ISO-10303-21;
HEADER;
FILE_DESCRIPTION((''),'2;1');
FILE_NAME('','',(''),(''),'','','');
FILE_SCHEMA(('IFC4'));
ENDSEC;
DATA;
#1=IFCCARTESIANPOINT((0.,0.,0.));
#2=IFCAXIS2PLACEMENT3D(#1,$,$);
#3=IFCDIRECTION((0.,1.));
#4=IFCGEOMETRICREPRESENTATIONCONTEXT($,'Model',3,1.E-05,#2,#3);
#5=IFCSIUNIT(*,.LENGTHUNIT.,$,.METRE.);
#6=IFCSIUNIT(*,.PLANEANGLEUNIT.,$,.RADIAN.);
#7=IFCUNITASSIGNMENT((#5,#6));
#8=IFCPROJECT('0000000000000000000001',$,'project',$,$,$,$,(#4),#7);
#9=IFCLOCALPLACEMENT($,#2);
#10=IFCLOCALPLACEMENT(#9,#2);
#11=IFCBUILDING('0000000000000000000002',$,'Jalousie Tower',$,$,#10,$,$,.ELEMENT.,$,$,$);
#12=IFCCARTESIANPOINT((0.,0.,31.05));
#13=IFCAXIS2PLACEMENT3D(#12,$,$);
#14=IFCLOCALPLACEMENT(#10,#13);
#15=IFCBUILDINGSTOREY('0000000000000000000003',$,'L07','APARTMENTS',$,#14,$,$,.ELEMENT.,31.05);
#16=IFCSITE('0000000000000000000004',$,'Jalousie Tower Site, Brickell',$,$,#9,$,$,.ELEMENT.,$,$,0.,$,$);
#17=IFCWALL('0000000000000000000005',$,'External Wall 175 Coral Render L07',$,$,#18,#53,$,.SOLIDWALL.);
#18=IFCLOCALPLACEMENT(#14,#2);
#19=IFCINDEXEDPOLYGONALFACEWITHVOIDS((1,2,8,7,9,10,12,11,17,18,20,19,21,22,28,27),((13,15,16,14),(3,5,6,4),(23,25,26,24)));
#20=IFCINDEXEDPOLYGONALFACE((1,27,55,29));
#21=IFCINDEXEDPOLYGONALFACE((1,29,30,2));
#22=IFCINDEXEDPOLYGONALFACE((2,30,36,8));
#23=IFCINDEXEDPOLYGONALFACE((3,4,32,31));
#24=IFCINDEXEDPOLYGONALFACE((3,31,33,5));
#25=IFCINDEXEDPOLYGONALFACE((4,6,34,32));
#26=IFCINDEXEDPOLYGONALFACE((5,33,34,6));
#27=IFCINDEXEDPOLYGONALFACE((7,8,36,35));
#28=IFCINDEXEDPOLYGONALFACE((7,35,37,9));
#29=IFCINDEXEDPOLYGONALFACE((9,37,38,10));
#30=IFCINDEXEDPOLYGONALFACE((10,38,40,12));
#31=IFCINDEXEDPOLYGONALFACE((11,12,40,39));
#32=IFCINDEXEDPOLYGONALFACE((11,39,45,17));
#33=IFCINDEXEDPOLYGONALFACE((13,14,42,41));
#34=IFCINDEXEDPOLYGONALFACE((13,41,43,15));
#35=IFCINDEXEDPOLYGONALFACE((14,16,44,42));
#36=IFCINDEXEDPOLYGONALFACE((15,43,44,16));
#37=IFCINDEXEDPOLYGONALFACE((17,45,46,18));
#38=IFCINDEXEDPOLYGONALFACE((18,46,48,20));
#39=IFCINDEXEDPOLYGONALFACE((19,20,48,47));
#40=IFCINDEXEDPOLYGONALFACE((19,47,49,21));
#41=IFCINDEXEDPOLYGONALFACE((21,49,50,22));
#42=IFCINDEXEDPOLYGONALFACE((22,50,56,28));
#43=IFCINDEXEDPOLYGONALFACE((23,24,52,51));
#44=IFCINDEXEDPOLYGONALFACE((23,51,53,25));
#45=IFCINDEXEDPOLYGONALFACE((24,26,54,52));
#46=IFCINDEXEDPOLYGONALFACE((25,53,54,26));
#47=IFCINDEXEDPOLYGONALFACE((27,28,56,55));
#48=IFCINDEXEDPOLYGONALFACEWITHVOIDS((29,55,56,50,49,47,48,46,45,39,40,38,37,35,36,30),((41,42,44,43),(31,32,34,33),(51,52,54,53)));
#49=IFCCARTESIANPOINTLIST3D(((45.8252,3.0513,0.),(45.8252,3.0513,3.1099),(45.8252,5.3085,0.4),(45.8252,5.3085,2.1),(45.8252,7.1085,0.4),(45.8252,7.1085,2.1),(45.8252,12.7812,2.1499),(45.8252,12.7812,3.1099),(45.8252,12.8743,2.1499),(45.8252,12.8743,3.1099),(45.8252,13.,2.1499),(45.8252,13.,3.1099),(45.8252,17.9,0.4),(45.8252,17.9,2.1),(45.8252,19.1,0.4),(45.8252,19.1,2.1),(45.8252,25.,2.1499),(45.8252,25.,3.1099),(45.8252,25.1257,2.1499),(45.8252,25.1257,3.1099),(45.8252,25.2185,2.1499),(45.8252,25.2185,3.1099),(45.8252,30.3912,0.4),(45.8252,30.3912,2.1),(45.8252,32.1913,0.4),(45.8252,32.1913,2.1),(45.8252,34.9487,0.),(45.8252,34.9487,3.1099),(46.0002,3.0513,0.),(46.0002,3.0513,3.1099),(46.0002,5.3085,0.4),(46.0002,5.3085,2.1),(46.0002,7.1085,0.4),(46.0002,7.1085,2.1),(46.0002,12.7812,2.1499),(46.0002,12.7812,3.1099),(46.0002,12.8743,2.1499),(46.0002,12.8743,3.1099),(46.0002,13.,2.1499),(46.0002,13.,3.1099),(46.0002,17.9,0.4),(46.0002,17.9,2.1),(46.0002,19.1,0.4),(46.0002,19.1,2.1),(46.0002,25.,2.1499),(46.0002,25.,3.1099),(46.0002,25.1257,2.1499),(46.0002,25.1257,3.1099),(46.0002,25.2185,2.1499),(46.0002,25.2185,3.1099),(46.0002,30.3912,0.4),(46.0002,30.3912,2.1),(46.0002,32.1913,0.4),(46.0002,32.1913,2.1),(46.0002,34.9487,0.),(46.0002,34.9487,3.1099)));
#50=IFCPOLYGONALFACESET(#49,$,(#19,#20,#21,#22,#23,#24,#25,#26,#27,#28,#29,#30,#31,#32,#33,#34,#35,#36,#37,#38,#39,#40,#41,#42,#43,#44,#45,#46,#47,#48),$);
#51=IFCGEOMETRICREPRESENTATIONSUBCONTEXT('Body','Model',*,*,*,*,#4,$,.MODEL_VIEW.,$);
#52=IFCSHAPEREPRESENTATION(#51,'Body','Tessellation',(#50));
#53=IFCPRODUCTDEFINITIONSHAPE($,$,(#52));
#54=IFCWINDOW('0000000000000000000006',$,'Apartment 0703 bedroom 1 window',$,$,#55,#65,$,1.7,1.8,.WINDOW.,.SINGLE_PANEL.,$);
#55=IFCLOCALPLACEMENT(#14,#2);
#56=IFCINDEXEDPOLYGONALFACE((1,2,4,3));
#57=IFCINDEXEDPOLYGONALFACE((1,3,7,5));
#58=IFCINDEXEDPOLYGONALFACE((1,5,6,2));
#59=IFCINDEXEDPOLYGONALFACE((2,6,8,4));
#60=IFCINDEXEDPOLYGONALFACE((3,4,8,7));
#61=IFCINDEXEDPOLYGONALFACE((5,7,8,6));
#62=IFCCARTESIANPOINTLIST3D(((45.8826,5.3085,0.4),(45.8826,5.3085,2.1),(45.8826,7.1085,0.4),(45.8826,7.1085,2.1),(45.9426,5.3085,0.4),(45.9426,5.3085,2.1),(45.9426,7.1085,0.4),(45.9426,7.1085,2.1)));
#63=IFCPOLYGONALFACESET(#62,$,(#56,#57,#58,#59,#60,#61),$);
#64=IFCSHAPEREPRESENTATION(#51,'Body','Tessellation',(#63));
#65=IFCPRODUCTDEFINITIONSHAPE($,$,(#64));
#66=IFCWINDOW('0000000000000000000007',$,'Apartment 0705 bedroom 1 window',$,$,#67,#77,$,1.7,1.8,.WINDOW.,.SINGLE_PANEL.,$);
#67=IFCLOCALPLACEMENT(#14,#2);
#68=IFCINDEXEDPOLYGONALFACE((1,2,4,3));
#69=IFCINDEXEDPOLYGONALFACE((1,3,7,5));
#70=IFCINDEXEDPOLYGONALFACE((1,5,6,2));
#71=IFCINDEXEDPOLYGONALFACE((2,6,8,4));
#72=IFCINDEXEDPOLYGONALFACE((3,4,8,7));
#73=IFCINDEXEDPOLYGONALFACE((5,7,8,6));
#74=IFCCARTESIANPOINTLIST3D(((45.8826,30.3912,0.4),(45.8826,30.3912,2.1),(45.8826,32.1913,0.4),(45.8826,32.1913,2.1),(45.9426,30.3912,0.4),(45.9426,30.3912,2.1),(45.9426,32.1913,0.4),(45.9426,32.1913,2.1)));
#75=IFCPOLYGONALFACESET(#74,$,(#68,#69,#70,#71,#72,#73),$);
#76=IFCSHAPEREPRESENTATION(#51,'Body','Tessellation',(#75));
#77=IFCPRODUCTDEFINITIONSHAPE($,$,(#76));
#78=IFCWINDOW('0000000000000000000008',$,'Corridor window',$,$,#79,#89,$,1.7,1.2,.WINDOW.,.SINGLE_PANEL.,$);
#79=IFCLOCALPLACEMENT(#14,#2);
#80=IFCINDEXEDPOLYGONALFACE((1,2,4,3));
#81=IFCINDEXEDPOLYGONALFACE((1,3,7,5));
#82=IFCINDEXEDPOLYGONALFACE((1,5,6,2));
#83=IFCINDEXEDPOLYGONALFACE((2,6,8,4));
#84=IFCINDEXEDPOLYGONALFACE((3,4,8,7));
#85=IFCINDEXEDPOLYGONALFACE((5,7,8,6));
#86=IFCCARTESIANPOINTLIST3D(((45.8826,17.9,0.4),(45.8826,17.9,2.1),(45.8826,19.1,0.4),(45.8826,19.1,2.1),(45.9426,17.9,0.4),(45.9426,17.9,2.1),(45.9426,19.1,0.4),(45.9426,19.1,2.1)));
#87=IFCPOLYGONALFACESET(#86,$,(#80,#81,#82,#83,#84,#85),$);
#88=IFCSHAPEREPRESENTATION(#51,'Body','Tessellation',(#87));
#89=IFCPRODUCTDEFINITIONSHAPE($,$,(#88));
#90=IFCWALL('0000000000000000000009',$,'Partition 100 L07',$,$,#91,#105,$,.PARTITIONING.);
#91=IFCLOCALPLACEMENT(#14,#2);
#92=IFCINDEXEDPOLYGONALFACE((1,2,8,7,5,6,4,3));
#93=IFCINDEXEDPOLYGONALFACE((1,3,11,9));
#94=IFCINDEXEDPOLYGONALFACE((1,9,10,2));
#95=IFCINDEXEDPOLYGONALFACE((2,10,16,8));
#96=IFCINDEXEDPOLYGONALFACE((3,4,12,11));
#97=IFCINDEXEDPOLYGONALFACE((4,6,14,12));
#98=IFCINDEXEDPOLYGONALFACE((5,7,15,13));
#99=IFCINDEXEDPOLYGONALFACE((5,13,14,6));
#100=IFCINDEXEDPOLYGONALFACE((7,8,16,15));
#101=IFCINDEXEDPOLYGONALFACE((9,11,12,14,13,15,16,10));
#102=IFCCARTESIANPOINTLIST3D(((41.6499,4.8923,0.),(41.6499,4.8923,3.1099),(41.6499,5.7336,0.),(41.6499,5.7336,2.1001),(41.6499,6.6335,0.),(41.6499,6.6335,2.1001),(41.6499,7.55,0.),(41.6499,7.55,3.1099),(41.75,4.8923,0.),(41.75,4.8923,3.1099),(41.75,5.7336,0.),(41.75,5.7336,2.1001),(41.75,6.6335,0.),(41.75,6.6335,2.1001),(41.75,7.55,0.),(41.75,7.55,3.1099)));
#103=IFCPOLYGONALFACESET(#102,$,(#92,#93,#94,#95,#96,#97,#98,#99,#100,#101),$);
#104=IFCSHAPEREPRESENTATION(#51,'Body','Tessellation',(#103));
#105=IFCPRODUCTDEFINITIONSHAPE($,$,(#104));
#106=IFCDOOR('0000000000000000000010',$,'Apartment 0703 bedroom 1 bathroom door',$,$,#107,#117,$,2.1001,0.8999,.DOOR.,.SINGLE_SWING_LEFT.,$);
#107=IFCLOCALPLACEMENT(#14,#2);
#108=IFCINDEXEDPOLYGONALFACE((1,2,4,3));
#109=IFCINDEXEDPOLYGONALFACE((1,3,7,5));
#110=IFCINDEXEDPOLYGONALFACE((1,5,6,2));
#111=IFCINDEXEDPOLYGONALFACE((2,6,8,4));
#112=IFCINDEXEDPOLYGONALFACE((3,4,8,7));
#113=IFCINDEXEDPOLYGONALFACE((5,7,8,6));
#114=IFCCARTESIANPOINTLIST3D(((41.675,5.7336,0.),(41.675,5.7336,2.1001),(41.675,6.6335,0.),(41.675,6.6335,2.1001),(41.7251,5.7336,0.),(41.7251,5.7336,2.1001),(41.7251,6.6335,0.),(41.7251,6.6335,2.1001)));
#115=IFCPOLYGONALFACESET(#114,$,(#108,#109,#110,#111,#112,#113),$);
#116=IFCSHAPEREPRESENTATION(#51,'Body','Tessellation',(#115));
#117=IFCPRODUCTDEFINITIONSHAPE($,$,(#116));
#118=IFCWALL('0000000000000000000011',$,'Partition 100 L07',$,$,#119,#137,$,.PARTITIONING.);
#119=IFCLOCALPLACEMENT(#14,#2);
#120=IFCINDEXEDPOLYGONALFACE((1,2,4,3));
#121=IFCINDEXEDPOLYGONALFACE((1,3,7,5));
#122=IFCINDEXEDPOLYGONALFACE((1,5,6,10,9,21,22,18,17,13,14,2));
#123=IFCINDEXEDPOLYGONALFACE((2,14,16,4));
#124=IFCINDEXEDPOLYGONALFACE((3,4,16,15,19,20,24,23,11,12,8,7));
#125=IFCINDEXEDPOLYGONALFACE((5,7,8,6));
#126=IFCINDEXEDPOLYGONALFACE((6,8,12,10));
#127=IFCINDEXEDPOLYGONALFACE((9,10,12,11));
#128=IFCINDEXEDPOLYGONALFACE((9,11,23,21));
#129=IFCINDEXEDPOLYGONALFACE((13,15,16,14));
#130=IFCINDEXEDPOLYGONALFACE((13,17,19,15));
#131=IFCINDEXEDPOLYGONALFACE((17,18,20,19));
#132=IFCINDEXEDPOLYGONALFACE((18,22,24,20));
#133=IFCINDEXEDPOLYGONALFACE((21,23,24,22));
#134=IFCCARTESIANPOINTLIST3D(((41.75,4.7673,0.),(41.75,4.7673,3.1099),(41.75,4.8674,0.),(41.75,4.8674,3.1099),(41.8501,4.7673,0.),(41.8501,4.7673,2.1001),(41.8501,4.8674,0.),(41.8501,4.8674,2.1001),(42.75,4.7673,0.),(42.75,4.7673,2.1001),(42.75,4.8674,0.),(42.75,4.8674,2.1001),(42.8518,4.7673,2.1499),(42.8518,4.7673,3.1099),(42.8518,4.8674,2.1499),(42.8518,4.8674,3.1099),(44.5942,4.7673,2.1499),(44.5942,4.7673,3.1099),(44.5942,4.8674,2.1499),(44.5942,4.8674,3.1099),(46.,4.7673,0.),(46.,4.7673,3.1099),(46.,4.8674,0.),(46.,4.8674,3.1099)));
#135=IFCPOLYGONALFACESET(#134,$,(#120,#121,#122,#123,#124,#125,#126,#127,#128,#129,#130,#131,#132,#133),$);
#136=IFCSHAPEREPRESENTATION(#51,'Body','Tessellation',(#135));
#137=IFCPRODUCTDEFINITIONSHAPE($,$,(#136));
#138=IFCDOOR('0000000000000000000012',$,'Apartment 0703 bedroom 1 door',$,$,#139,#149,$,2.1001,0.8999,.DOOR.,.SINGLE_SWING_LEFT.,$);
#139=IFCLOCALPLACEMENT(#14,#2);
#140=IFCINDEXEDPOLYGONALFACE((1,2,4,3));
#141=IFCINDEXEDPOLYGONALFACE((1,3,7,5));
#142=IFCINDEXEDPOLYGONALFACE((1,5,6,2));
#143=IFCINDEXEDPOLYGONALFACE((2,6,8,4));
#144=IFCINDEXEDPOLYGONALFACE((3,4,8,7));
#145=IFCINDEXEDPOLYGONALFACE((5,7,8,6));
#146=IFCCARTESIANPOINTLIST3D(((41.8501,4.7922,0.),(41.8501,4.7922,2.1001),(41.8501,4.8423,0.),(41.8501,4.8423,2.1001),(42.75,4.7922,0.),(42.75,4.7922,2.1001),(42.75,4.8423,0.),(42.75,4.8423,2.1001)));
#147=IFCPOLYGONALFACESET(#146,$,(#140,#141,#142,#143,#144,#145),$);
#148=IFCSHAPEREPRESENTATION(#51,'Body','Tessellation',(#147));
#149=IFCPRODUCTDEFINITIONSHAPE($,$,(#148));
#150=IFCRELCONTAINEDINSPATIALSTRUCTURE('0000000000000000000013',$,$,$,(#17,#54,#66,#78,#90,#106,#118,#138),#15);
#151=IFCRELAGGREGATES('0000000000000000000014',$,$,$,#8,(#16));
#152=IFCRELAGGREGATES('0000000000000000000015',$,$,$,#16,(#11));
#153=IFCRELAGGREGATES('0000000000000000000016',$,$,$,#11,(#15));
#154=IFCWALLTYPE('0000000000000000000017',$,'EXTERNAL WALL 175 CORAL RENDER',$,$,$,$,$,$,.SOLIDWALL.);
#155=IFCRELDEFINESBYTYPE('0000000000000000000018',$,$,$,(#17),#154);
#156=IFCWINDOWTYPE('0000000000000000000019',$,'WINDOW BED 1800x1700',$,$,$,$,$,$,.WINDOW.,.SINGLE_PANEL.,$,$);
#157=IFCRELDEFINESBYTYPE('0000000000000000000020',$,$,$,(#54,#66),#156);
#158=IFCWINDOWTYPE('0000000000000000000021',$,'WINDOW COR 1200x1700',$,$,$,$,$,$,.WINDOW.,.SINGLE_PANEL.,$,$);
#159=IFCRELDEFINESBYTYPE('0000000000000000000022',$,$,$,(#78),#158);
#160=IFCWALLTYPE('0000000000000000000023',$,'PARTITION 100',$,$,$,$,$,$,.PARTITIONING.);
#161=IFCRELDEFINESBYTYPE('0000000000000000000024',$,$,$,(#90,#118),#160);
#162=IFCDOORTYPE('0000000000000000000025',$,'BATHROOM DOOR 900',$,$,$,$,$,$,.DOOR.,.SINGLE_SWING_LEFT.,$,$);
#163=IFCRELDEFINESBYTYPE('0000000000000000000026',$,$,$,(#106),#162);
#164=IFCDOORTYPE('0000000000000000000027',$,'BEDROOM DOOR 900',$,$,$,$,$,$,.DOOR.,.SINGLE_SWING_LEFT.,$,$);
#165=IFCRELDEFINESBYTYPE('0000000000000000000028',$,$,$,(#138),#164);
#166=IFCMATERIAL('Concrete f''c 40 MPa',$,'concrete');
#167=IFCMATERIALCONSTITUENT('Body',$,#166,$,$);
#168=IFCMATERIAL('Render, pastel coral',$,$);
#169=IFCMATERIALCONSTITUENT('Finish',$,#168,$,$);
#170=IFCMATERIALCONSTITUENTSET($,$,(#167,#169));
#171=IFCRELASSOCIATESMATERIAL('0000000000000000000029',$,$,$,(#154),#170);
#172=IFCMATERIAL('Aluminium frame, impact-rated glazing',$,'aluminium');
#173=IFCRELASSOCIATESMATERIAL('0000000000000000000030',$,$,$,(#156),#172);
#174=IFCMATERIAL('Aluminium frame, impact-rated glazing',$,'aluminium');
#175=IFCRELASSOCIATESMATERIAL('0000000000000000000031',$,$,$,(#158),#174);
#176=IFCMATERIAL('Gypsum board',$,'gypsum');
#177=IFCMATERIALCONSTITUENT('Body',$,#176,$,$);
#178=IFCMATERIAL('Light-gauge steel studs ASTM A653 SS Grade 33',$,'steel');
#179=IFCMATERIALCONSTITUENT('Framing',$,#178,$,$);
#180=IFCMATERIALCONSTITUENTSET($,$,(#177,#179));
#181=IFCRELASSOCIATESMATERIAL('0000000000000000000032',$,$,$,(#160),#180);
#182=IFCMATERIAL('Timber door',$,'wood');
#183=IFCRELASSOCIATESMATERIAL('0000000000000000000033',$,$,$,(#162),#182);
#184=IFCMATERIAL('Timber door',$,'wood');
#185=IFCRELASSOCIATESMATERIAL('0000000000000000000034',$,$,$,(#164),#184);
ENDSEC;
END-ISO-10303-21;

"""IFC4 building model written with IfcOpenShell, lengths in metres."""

from ifc_helpers import new_model, si_unit, direction, frame, frame_2d, origin, place, context, subcontext, project, spatial, polyline, rectangle, outline, extrude, material, constituent, constituent_set, type_object, element, fill, save


model = new_model("IFC4")

# Units and contexts
model_context = context("Model", 3, precision=1e-05, world=origin(), true_north=direction((0.0, 1.0)))
body_context = subcontext(model_context, "Body", "Model", "MODEL_VIEW")
ifc_project = project(units=[si_unit("LENGTHUNIT", "METRE"), si_unit("PLANEANGLEUNIT", "RADIAN")], contexts=[model_context])

# Site, building, storey
site_placement = place(None, origin())
site = spatial("IfcSite", under=ifc_project, at=site_placement, Name="Jalousie Tower Site, Brickell", CompositionType="ELEMENT", RefElevation=0.0)
building_placement = place(site_placement, origin())
building = spatial("IfcBuilding", under=site, at=building_placement, Name="Jalousie Tower", CompositionType="ELEMENT")
storey_placement = place(building_placement, frame((0.0, 0.0, 31.05)))
storey = spatial("IfcBuildingStorey", under=building, at=storey_placement, Name="L07", Description="APARTMENTS", CompositionType="ELEMENT", Elevation=31.05)

# Wall, openings, windows
ifc_material_1 = material(Name="Concrete f'c 40 MPa", Category="concrete")
ifc_constituent_1 = constituent(ifc_material_1, Name="Body")
ifc_material_2 = material(Name="Render, pastel coral")
ifc_constituent_2 = constituent(ifc_material_2, Name="Finish")
ifc_constituent_set_1 = constituent_set(constituents=[ifc_constituent_1, ifc_constituent_2])
wall_type_1 = type_object("IfcWallType", Name="EXTERNAL WALL 175 CORAL RENDER", PredefinedType="SOLIDWALL", material=ifc_constituent_set_1)
wall_1_placement = place(storey_placement, frame((45.9126, 3.0513, 0.0), z_axis=(0.0, 0.0, 1.0), x_axis=(0.0, 1.0, 0.0)))
wall_1 = element("IfcWall", 1, at=wall_1_placement, inside=storey, type_object=wall_type_1, Name="External Wall 175 Coral Render L07", PredefinedType="SOLIDWALL", context=body_context, shape_type="SweptSolid", body=[
    extrude(outline(polyline([(0.0, 0.0), (31.8975, 0.0), (31.8975, 3.1099), (22.1672, 3.1099), (22.1672, 2.1499), (22.0745, 2.1499), (22.0745, 3.1099), (21.9487, 3.1099), (21.9487, 2.1499), (9.9487, 2.1499), (9.9487, 3.1099), (9.823, 3.1099), (9.823, 2.1499), (9.73, 2.1499), (9.73, 3.1099), (0.0, 3.1099), (0.0, 0.0)])), frame((0.0, 0.0874, 0.0), z_axis=(0.0, -1.0, 0.0), x_axis=(1.0, 0.0, 0.0)), (0.0, 0.0, 1.0), 0.175),
])
opening_1_placement = place(wall_1_placement, frame((2.2573, 0.0, 0.3999)))
opening_1 = element("IfcOpeningElement", 2, at=opening_1_placement, cuts=wall_1, PredefinedType="OPENING", context=body_context, shape_type="SweptSolid", body=[
    extrude(rectangle(XDim=1.8, YDim=1.7, at=frame_2d((0.8999, 0.8501))), frame((0.0, 0.0974, 0.0), z_axis=(0.0, -1.0, 0.0), x_axis=(1.0, 0.0, 0.0)), (0.0, 0.0, 1.0), 0.1951),
])
opening_2_placement = place(wall_1_placement, frame((14.8486, 0.0, 0.3999)))
opening_2 = element("IfcOpeningElement", 3, at=opening_2_placement, cuts=wall_1, PredefinedType="OPENING", context=body_context, shape_type="SweptSolid", body=[
    extrude(rectangle(XDim=1.2, YDim=1.7, at=frame_2d((0.6001, 0.8501))), frame((0.0, 0.0974, 0.0), z_axis=(0.0, -1.0, 0.0), x_axis=(1.0, 0.0, 0.0)), (0.0, 0.0, 1.0), 0.1951),
])
opening_3_placement = place(wall_1_placement, frame((27.3401, 0.0, 0.3999)))
opening_3 = element("IfcOpeningElement", 4, at=opening_3_placement, cuts=wall_1, PredefinedType="OPENING", context=body_context, shape_type="SweptSolid", body=[
    extrude(rectangle(XDim=1.8, YDim=1.7, at=frame_2d((0.8999, 0.8501))), frame((0.0, 0.0974, 0.0), z_axis=(0.0, -1.0, 0.0), x_axis=(1.0, 0.0, 0.0)), (0.0, 0.0, 1.0), 0.1951),
])
ifc_material_3 = material(Name="Aluminium frame, impact-rated glazing", Category="aluminium")
window_type_1 = type_object("IfcWindowType", Name="WINDOW BED 1800x1700", PartitioningType="SINGLE_PANEL", PredefinedType="WINDOW", material=ifc_material_3)
window_1_placement = place(opening_1_placement, origin())
window_1 = element("IfcWindow", 5, at=window_1_placement, inside=storey, type_object=window_type_1, Name="Apartment 0703 bedroom 1 window", OverallHeight=1.7, OverallWidth=1.8, PartitioningType="SINGLE_PANEL", PredefinedType="WINDOW", context=body_context, shape_type="SweptSolid", body=[
    extrude(rectangle(XDim=1.8, YDim=1.7, at=frame_2d((0.8999, 0.8501))), frame((0.0, 0.03, 0.0), z_axis=(0.0, -1.0, 0.0), x_axis=(1.0, 0.0, 0.0)), (0.0, 0.0, 1.0), 0.0601),
])
fill(opening_1, window_1)
window_2_placement = place(opening_3_placement, origin())
window_2 = element("IfcWindow", 6, at=window_2_placement, inside=storey, type_object=window_type_1, Name="Apartment 0705 bedroom 1 window", OverallHeight=1.7, OverallWidth=1.8, PartitioningType="SINGLE_PANEL", PredefinedType="WINDOW", context=body_context, shape_type="SweptSolid", body=[
    extrude(rectangle(XDim=1.8, YDim=1.7, at=frame_2d((0.8999, 0.8501))), frame((0.0, 0.03, 0.0), z_axis=(0.0, -1.0, 0.0), x_axis=(1.0, 0.0, 0.0)), (0.0, 0.0, 1.0), 0.0601),
])
fill(opening_3, window_2)
ifc_material_4 = material(Name="Aluminium frame, impact-rated glazing", Category="aluminium")
window_type_2 = type_object("IfcWindowType", Name="WINDOW COR 1200x1700", PartitioningType="SINGLE_PANEL", PredefinedType="WINDOW", material=ifc_material_4)
window_3_placement = place(opening_2_placement, origin())
window_3 = element("IfcWindow", 7, at=window_3_placement, inside=storey, type_object=window_type_2, Name="Corridor window", OverallHeight=1.7, OverallWidth=1.2, PartitioningType="SINGLE_PANEL", PredefinedType="WINDOW", context=body_context, shape_type="SweptSolid", body=[
    extrude(rectangle(XDim=1.2, YDim=1.7, at=frame_2d((0.6001, 0.8501))), frame((0.0, 0.03, 0.0), z_axis=(0.0, -1.0, 0.0), x_axis=(1.0, 0.0, 0.0)), (0.0, 0.0, 1.0), 0.0601),
])
fill(opening_2, window_3)

# Walls, openings, doors
ifc_material_5 = material(Name="Gypsum board", Category="gypsum")
ifc_constituent_3 = constituent(ifc_material_5, Name="Body")
ifc_material_6 = material(Name="Light-gauge steel studs ASTM A653 SS Grade 33", Category="steel")
ifc_constituent_4 = constituent(ifc_material_6, Name="Framing")
ifc_constituent_set_2 = constituent_set(constituents=[ifc_constituent_3, ifc_constituent_4])
wall_type_2 = type_object("IfcWallType", Name="PARTITION 100", PredefinedType="PARTITIONING", material=ifc_constituent_set_2)
wall_2_placement = place(storey_placement, frame((41.7, 4.8923, 0.0), z_axis=(0.0, 0.0, 1.0), x_axis=(0.0, 1.0, 0.0)))
wall_2 = element("IfcWall", 8, at=wall_2_placement, inside=storey, type_object=wall_type_2, Name="Partition 100 L07", PredefinedType="PARTITIONING", context=body_context, shape_type="SweptSolid", body=[
    extrude(rectangle(XDim=2.6577, YDim=0.1001, at=frame_2d((1.3289, 0.0))), origin(), (0.0, 0.0, 1.0), 3.1099),
])
opening_4_placement = place(wall_2_placement, frame((0.8413, 0.0, 0.0)))
opening_4 = element("IfcOpeningElement", 9, at=opening_4_placement, cuts=wall_2, PredefinedType="OPENING", context=body_context, shape_type="SweptSolid", body=[
    extrude(rectangle(XDim=0.8999, YDim=2.1001, at=frame_2d((0.45, 1.05))), frame((0.0, 0.0601, 0.0), z_axis=(0.0, -1.0, 0.0), x_axis=(1.0, 0.0, 0.0)), (0.0, 0.0, 1.0), 0.1201),
])
ifc_material_7 = material(Name="Timber door", Category="wood")
door_type_1 = type_object("IfcDoorType", Name="BATHROOM DOOR 900", OperationType="SINGLE_SWING_LEFT", PredefinedType="DOOR", material=ifc_material_7)
door_1_placement = place(opening_4_placement, origin())
door_1 = element("IfcDoor", 10, at=door_1_placement, inside=storey, type_object=door_type_1, Name="Apartment 0703 bedroom 1 bathroom door", OperationType="SINGLE_SWING_LEFT", OverallHeight=2.1001, OverallWidth=0.8999, PredefinedType="DOOR", context=body_context, shape_type="SweptSolid", body=[
    extrude(rectangle(XDim=0.8999, YDim=2.1001, at=frame_2d((0.45, 1.05))), frame((0.0, 0.0249, 0.0), z_axis=(0.0, -1.0, 0.0), x_axis=(1.0, 0.0, 0.0)), (0.0, 0.0, 1.0), 0.05),
])
fill(opening_4, door_1)
wall_3_placement = place(storey_placement, frame((41.75, 4.8174, 0.0), z_axis=(0.0, 0.0, 1.0), x_axis=(1.0, 0.0, 0.0)))
wall_3 = element("IfcWall", 11, at=wall_3_placement, inside=storey, type_object=wall_type_2, Name="Partition 100 L07", PredefinedType="PARTITIONING", context=body_context, shape_type="SweptSolid", body=[
    extrude(outline(polyline([(0.0, 0.0), (4.25, 0.0), (4.25, 3.1099), (2.8442, 3.1099), (2.8442, 2.1499), (1.1018, 2.1499), (1.1018, 3.1099), (0.0, 3.1099), (0.0, 0.0)])), frame((0.0, 0.05, 0.0), z_axis=(0.0, -1.0, 0.0), x_axis=(1.0, 0.0, 0.0)), (0.0, 0.0, 1.0), 0.1001),
])
opening_5_placement = place(wall_3_placement, frame((0.1001, 0.0, 0.0)))
opening_5 = element("IfcOpeningElement", 12, at=opening_5_placement, cuts=wall_3, PredefinedType="OPENING", context=body_context, shape_type="SweptSolid", body=[
    extrude(rectangle(XDim=0.8999, YDim=2.1001, at=frame_2d((0.45, 1.05))), frame((0.0, 0.0601, 0.0), z_axis=(0.0, -1.0, 0.0), x_axis=(1.0, 0.0, 0.0)), (0.0, 0.0, 1.0), 0.1201),
])
ifc_material_8 = material(Name="Timber door", Category="wood")
door_type_2 = type_object("IfcDoorType", Name="BEDROOM DOOR 900", OperationType="SINGLE_SWING_LEFT", PredefinedType="DOOR", material=ifc_material_8)
door_2_placement = place(opening_5_placement, origin())
door_2 = element("IfcDoor", 13, at=door_2_placement, inside=storey, type_object=door_type_2, Name="Apartment 0703 bedroom 1 door", OperationType="SINGLE_SWING_LEFT", OverallHeight=2.1001, OverallWidth=0.8999, PredefinedType="DOOR", context=body_context, shape_type="SweptSolid", body=[
    extrude(rectangle(XDim=0.8999, YDim=2.1001, at=frame_2d((0.45, 1.05))), frame((0.0, 0.0249, 0.0), z_axis=(0.0, -1.0, 0.0), x_axis=(1.0, 0.0, 0.0)), (0.0, 0.0, 1.0), 0.05),
])
fill(opening_5, door_2)

save(model, "model.ifc")
